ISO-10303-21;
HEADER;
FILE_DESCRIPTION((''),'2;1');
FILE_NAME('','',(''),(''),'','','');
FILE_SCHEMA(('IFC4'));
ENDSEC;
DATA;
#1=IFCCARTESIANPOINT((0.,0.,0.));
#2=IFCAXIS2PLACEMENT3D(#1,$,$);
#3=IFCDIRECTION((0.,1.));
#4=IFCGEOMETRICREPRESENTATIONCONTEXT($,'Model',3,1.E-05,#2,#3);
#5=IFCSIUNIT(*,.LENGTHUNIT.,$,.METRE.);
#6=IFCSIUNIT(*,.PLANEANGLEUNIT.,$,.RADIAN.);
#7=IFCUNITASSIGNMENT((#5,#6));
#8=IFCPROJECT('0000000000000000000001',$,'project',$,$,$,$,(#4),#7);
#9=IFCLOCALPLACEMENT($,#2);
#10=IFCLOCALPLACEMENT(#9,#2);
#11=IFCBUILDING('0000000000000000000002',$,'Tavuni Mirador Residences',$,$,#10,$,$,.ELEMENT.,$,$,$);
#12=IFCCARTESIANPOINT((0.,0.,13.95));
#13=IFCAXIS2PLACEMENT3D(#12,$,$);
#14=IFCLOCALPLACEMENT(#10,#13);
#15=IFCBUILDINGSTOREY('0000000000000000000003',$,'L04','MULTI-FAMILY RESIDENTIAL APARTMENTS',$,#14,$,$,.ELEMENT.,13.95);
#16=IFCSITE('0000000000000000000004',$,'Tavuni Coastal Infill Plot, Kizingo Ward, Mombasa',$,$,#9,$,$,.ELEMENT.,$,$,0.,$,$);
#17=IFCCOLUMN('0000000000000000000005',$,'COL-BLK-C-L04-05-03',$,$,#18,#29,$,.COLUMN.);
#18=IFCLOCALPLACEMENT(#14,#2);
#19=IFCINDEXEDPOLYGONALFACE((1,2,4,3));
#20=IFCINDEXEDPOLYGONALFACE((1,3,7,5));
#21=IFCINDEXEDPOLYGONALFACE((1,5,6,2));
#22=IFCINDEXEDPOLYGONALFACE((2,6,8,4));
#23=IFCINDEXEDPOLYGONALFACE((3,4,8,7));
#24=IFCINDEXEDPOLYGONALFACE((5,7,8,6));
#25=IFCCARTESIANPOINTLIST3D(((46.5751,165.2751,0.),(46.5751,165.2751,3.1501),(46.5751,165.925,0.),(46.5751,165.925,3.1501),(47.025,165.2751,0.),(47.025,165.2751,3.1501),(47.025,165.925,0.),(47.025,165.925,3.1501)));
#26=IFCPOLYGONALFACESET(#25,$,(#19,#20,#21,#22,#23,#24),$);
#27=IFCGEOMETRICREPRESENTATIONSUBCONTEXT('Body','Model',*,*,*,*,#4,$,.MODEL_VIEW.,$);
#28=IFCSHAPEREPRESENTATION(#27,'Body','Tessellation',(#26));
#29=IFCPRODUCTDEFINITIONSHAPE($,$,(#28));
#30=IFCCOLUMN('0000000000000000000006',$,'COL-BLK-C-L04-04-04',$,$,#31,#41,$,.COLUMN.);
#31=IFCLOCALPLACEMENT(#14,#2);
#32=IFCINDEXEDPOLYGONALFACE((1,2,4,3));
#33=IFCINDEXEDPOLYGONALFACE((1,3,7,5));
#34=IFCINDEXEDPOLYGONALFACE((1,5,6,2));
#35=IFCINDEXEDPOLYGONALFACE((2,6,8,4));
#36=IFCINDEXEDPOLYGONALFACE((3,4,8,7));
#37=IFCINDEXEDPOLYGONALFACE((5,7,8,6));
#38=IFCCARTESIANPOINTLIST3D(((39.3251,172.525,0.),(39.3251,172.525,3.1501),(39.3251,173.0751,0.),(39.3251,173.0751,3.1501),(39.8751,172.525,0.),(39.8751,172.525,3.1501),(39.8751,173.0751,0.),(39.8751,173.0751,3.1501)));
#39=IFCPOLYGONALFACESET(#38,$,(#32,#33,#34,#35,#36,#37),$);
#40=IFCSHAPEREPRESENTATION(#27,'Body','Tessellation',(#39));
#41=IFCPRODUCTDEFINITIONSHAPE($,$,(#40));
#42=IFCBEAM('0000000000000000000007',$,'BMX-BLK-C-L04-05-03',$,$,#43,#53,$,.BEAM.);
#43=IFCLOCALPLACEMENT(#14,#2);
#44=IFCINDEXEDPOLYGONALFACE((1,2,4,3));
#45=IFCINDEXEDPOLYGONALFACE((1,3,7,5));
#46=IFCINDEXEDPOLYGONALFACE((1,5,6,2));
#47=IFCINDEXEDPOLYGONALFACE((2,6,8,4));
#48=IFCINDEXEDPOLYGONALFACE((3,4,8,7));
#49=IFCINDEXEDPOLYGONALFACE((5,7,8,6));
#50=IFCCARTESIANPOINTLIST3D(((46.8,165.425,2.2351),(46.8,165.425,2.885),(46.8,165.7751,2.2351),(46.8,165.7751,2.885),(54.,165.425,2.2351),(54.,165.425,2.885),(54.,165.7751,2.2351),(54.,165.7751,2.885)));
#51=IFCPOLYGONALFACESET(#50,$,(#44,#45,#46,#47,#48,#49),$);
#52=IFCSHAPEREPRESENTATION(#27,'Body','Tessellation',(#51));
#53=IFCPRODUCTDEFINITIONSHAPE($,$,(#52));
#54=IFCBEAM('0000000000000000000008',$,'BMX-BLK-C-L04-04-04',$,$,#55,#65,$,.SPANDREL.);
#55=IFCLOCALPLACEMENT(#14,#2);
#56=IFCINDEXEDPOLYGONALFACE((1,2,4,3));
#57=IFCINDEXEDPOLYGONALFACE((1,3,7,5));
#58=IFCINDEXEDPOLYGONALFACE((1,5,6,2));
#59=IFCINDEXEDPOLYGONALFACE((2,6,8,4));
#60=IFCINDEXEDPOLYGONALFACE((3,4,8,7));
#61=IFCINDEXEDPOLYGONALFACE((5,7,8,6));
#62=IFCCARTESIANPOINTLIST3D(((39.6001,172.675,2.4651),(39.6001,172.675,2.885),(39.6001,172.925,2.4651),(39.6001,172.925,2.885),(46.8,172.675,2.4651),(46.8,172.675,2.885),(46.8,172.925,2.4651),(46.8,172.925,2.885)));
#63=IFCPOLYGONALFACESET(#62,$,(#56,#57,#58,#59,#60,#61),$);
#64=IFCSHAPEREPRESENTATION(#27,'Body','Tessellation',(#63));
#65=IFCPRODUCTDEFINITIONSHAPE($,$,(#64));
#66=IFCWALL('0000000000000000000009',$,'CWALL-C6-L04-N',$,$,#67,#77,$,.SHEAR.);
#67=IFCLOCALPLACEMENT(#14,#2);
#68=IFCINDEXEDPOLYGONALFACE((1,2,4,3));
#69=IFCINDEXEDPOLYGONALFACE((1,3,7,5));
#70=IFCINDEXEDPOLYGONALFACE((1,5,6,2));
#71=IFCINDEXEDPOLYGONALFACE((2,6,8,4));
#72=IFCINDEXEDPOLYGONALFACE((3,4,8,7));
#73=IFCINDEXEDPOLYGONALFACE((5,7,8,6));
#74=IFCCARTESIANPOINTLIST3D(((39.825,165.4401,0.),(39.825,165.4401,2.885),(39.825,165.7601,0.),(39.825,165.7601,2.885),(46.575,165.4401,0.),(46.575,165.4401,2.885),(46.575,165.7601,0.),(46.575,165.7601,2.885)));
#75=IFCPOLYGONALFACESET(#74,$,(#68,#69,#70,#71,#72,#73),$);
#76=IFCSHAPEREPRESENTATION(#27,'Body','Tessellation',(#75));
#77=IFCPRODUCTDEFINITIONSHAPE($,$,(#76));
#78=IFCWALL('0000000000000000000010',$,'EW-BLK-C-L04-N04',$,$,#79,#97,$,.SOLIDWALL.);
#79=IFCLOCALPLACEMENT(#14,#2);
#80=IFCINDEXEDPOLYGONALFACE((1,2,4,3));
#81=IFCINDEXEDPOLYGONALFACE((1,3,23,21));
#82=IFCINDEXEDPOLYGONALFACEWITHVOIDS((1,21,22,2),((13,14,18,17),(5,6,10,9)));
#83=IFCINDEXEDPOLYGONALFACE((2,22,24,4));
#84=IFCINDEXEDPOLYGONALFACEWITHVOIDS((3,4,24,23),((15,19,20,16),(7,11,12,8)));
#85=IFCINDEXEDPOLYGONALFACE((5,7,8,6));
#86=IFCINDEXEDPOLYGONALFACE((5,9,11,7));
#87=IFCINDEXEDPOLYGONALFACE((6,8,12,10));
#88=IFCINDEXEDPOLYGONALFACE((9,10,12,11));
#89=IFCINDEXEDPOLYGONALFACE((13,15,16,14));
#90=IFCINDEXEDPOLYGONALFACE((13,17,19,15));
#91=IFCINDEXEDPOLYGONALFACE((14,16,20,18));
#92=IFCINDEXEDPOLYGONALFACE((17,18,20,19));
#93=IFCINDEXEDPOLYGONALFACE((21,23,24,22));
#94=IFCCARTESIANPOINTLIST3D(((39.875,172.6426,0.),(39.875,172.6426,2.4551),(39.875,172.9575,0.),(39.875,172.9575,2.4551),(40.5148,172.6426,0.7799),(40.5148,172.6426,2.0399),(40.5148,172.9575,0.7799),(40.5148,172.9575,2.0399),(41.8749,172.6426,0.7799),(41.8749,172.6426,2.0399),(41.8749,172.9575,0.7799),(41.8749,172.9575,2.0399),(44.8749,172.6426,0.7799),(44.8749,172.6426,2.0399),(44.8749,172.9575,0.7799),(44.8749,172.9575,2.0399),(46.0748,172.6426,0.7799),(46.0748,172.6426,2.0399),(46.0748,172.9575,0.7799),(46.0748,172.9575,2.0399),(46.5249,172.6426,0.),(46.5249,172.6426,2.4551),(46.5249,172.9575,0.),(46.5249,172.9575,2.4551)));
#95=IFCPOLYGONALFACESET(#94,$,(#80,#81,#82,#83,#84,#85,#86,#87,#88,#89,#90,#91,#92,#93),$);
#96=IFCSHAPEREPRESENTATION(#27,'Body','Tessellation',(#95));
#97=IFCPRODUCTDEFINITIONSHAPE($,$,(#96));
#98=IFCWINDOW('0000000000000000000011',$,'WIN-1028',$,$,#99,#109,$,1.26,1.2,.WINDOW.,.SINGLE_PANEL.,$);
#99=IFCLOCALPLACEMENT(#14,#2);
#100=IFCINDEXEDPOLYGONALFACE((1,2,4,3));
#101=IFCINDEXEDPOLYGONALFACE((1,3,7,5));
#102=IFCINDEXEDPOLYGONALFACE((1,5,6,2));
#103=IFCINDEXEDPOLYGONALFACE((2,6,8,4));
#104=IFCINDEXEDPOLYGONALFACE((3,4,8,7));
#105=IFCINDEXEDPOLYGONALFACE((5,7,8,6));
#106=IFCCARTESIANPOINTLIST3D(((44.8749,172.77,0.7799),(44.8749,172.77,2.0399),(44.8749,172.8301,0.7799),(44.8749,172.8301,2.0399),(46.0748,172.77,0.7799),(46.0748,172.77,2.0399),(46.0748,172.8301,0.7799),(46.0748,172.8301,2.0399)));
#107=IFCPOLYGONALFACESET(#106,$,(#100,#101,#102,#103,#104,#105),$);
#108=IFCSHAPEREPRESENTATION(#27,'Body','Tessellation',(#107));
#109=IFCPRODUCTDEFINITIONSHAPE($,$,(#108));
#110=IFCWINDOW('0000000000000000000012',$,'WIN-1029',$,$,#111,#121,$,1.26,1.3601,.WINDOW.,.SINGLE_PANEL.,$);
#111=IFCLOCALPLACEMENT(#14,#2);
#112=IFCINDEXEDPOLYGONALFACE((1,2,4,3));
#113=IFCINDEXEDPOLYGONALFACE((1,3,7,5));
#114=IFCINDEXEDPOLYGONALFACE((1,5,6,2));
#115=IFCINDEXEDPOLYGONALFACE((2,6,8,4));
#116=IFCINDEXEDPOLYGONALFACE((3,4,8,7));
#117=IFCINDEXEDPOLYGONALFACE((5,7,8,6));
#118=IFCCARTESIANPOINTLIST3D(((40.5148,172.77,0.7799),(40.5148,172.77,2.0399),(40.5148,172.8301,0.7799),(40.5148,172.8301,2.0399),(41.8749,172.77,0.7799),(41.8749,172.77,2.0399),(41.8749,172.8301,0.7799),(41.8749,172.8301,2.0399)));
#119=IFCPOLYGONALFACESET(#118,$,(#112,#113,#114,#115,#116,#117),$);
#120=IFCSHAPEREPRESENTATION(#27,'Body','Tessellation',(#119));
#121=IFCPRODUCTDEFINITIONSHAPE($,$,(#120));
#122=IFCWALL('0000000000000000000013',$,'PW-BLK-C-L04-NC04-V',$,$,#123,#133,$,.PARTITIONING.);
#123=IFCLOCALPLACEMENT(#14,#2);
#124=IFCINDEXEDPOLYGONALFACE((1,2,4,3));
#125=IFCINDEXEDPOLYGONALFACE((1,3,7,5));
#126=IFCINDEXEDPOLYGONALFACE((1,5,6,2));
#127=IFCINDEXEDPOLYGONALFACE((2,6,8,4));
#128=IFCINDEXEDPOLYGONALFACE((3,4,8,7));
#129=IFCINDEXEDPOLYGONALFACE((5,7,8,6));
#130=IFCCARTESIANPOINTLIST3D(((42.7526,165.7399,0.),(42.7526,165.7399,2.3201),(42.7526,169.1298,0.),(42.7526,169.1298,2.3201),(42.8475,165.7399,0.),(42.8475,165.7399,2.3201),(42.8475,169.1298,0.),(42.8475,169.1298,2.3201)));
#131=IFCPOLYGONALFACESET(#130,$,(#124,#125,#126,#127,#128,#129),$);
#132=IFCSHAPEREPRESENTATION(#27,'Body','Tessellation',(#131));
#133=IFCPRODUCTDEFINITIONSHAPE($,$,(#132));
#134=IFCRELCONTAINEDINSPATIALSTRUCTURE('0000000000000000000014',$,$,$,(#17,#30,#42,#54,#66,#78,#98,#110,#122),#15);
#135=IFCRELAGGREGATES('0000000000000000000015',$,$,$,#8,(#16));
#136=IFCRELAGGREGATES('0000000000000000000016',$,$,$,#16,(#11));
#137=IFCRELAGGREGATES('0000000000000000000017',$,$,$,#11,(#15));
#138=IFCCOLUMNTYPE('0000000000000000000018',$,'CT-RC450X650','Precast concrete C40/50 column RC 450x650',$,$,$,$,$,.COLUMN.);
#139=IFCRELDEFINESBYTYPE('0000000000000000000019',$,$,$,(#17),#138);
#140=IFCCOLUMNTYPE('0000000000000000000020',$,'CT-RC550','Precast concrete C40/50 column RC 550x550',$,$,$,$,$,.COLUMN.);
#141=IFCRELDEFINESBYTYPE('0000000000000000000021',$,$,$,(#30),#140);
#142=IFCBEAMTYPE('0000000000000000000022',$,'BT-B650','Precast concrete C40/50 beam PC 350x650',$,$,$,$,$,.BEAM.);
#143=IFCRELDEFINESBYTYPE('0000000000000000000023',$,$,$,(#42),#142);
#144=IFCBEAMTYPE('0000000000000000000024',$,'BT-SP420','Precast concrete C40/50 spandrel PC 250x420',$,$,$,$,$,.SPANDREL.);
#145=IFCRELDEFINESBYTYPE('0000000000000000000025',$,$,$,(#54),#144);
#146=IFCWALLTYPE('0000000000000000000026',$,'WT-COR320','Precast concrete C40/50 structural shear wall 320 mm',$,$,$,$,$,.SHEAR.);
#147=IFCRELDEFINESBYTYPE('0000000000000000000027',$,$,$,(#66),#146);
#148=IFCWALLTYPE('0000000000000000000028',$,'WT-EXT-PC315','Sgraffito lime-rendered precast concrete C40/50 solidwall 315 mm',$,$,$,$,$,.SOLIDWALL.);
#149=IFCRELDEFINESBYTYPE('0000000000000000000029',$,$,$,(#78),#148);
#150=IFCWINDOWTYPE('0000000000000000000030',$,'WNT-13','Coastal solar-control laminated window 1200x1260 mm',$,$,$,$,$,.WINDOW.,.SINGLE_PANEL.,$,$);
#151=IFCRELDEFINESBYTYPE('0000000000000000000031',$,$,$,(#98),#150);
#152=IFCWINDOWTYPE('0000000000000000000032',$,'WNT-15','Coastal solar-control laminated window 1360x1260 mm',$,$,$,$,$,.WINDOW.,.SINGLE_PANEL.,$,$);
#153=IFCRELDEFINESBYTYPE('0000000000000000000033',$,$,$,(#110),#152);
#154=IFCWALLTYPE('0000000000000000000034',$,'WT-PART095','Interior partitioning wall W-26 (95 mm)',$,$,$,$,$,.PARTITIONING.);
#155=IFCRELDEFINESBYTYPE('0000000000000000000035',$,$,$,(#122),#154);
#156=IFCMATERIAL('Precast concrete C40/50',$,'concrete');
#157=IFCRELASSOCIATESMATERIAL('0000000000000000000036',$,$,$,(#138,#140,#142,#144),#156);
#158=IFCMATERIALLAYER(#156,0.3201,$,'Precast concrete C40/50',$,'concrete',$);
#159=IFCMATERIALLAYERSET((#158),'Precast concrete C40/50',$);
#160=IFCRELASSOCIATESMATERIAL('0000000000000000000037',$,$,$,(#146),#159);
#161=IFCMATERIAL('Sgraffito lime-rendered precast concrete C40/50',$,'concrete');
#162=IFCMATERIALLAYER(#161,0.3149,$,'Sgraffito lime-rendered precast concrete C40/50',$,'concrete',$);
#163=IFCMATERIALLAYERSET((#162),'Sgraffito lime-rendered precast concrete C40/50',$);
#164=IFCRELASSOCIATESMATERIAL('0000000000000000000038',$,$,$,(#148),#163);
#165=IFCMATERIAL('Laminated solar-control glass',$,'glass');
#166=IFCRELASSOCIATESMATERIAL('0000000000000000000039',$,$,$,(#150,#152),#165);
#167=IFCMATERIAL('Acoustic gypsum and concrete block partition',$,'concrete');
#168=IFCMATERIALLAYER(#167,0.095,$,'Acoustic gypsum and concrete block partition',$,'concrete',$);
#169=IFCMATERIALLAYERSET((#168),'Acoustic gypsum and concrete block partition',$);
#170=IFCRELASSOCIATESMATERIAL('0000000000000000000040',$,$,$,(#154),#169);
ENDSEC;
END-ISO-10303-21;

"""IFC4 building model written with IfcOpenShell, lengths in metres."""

from ifc_helpers import new_model, si_unit, direction, frame, frame_2d, origin, origin_2d, place, context, subcontext, project, spatial, rectangle, extrude, material, layer, layer_set, material_profile, profile_set, type_object, element, fill, save


model = new_model("IFC4")

# Units and contexts
model_context = context("Model", 3, precision=1e-05, world=origin(), true_north=direction((0.0, 1.0)))
body_context = subcontext(model_context, "Body", "Model", "MODEL_VIEW")
ifc_project = project(units=[si_unit("LENGTHUNIT", "METRE"), si_unit("PLANEANGLEUNIT", "RADIAN")], contexts=[model_context])

# Site, building, storey
site_placement = place(None, origin())
site = spatial("IfcSite", under=ifc_project, at=site_placement, Name="Tavuni Coastal Infill Plot, Kizingo Ward, Mombasa", CompositionType="ELEMENT", RefElevation=0.0)
building_placement = place(site_placement, origin())
building = spatial("IfcBuilding", under=site, at=building_placement, Name="Tavuni Mirador Residences", CompositionType="ELEMENT")
storey_placement = place(building_placement, frame((0.0, 0.0, 13.95)))
storey = spatial("IfcBuildingStorey", under=building, at=storey_placement, Name="L04", Description="MULTI-FAMILY RESIDENTIAL APARTMENTS", CompositionType="ELEMENT", Elevation=13.95)

# Columns
ifc_material_1 = material(Name="Precast concrete C40/50", Category="concrete")
ifc_material_profile_1 = material_profile(ifc_material_1, rectangle(XDim=0.45, YDim=0.6499, at=origin_2d()), Name="RC 450x650", Category="concrete")
ifc_profile_set_1 = profile_set([ifc_material_profile_1], Name="Precast concrete C40/50")
column_type_1 = type_object("IfcColumnType", Name="CT-RC450X650", Description="Precast concrete C40/50 column RC 450x650", PredefinedType="COLUMN", material=ifc_profile_set_1)
column_1_placement = place(storey_placement, frame((46.8, 165.6001, 0.0), z_axis=(0.0, 0.0, 1.0), x_axis=(1.0, 0.0, 0.0)))
element("IfcColumn", 1, at=column_1_placement, inside=storey, type_object=column_type_1, Name="COL-BLK-C-L04-05-03", PredefinedType="COLUMN", context=body_context, shape_type="SweptSolid", body=[
    extrude(rectangle(XDim=0.45, YDim=0.6499, at=origin_2d()), origin(), (0.0, 0.0, 1.0), 3.1501),
])
ifc_material_profile_2 = material_profile(ifc_material_1, rectangle(XDim=0.55, YDim=0.55, at=origin_2d()), Name="RC 550x550", Category="concrete")
ifc_profile_set_2 = profile_set([ifc_material_profile_2], Name="Precast concrete C40/50")
column_type_2 = type_object("IfcColumnType", Name="CT-RC550", Description="Precast concrete C40/50 column RC 550x550", PredefinedType="COLUMN", material=ifc_profile_set_2)
column_2_placement = place(storey_placement, frame((39.6001, 172.8, 0.0), z_axis=(0.0, 0.0, 1.0), x_axis=(1.0, 0.0, 0.0)))
element("IfcColumn", 2, at=column_2_placement, inside=storey, type_object=column_type_2, Name="COL-BLK-C-L04-04-04", PredefinedType="COLUMN", context=body_context, shape_type="SweptSolid", body=[
    extrude(rectangle(XDim=0.55, YDim=0.55, at=origin_2d()), origin(), (0.0, 0.0, 1.0), 3.1501),
])

# Beams
ifc_material_profile_3 = material_profile(ifc_material_1, rectangle(XDim=0.3501, YDim=0.6499, at=origin_2d()), Name="PC 350x650", Category="concrete")
ifc_profile_set_3 = profile_set([ifc_material_profile_3], Name="Precast concrete C40/50")
beam_type_1 = type_object("IfcBeamType", Name="BT-B650", Description="Precast concrete C40/50 beam PC 350x650", PredefinedType="BEAM", material=ifc_profile_set_3)
beam_1_placement = place(storey_placement, frame((46.8, 165.6001, 2.5601), z_axis=(1.0, 0.0, 0.0), x_axis=(0.0, 1.0, 0.0)))
element("IfcBeam", 3, at=beam_1_placement, inside=storey, type_object=beam_type_1, Name="BMX-BLK-C-L04-05-03", PredefinedType="BEAM", context=body_context, shape_type="SweptSolid", body=[
    extrude(rectangle(XDim=0.3501, YDim=0.6499, at=origin_2d()), origin(), (0.0, 0.0, 1.0), 7.2),
])
ifc_material_profile_4 = material_profile(ifc_material_1, rectangle(XDim=0.25, YDim=0.4199, at=origin_2d()), Name="PC 250x420", Category="concrete")
ifc_profile_set_4 = profile_set([ifc_material_profile_4], Name="Precast concrete C40/50")
beam_type_2 = type_object("IfcBeamType", Name="BT-SP420", Description="Precast concrete C40/50 spandrel PC 250x420", PredefinedType="SPANDREL", material=ifc_profile_set_4)
beam_2_placement = place(storey_placement, frame((39.6001, 172.8, 2.675), z_axis=(1.0, 0.0, 0.0), x_axis=(0.0, 1.0, 0.0)))
element("IfcBeam", 4, at=beam_2_placement, inside=storey, type_object=beam_type_2, Name="BMX-BLK-C-L04-04-04", PredefinedType="SPANDREL", context=body_context, shape_type="SweptSolid", body=[
    extrude(rectangle(XDim=0.25, YDim=0.4199, at=origin_2d()), origin(), (0.0, 0.0, 1.0), 7.2),
])

# Wall
ifc_layer_1 = layer(ifc_material_1, 0.3201, Name="Precast concrete C40/50", Category="concrete")
ifc_layer_set_1 = layer_set([ifc_layer_1], Name="Precast concrete C40/50")
wall_type_1 = type_object("IfcWallType", Name="WT-COR320", Description="Precast concrete C40/50 structural shear wall 320 mm", PredefinedType="SHEAR", material=ifc_layer_set_1)
wall_1_placement = place(storey_placement, frame((39.825, 165.6001, 0.0), z_axis=(0.0, 0.0, 1.0), x_axis=(1.0, 0.0, 0.0)))
element("IfcWall", 5, at=wall_1_placement, inside=storey, type_object=wall_type_1, Name="CWALL-C6-L04-N", PredefinedType="SHEAR", context=body_context, shape_type="SweptSolid", body=[
    extrude(rectangle(XDim=6.75, YDim=0.3201, at=frame_2d((3.375, 0.0))), origin(), (0.0, 0.0, 1.0), 2.885),
])

# Wall, openings, windows
ifc_material_2 = material(Name="Sgraffito lime-rendered precast concrete C40/50", Category="concrete")
ifc_layer_2 = layer(ifc_material_2, 0.3149, Name="Sgraffito lime-rendered precast concrete C40/50", Category="concrete")
ifc_layer_set_2 = layer_set([ifc_layer_2], Name="Sgraffito lime-rendered precast concrete C40/50")
wall_type_2 = type_object("IfcWallType", Name="WT-EXT-PC315", Description="Sgraffito lime-rendered precast concrete C40/50 solidwall 315 mm", PredefinedType="SOLIDWALL", material=ifc_layer_set_2)
wall_2_placement = place(storey_placement, frame((46.5249, 172.8, 0.0), z_axis=(0.0, 0.0, 1.0), x_axis=(-1.0, 0.0, 0.0)))
wall_2 = element("IfcWall", 6, at=wall_2_placement, inside=storey, type_object=wall_type_2, Name="EW-BLK-C-L04-N04", PredefinedType="SOLIDWALL", context=body_context, shape_type="SweptSolid", body=[
    extrude(rectangle(XDim=6.6499, YDim=0.3149, at=frame_2d((3.325, 0.0))), origin(), (0.0, 0.0, 1.0), 2.4551),
])
opening_1_placement = place(wall_2_placement, frame((0.45, 0.0, 0.78)))
opening_1 = element("IfcOpeningElement", 7, at=opening_1_placement, cuts=wall_2, PredefinedType="OPENING", context=body_context, shape_type="SweptSolid", body=[
    extrude(rectangle(XDim=1.2, YDim=1.26, at=frame_2d((0.6001, 0.6299))), frame((0.0, 0.1675, 0.0), z_axis=(0.0, -1.0, 0.0), x_axis=(1.0, 0.0, 0.0)), (0.0, 0.0, 1.0), 0.335),
])
opening_2_placement = place(wall_2_placement, frame((4.6499, 0.0, 0.78)))
opening_2 = element("IfcOpeningElement", 8, at=opening_2_placement, cuts=wall_2, PredefinedType="OPENING", context=body_context, shape_type="SweptSolid", body=[
    extrude(rectangle(XDim=1.3601, YDim=1.26, at=frame_2d((0.6802, 0.6299))), frame((0.0, 0.1675, 0.0), z_axis=(0.0, -1.0, 0.0), x_axis=(1.0, 0.0, 0.0)), (0.0, 0.0, 1.0), 0.335),
])
ifc_material_3 = material(Name="Laminated solar-control glass", Category="glass")
window_type_1 = type_object("IfcWindowType", Name="WNT-13", Description="Coastal solar-control laminated window 1200x1260 mm", PartitioningType="SINGLE_PANEL", PredefinedType="WINDOW", material=ifc_material_3)
window_1_placement = place(opening_1_placement, origin())
window_1 = element("IfcWindow", 9, at=window_1_placement, inside=storey, type_object=window_type_1, Name="WIN-1028", OverallHeight=1.26, OverallWidth=1.2, PartitioningType="SINGLE_PANEL", PredefinedType="WINDOW", context=body_context, shape_type="SweptSolid", body=[
    extrude(rectangle(XDim=1.2, YDim=1.26, at=frame_2d((0.6001, 0.6299))), frame((0.0, 0.03, 0.0), z_axis=(0.0, -1.0, 0.0), x_axis=(1.0, 0.0, 0.0)), (0.0, 0.0, 1.0), 0.0601),
])
fill(opening_1, window_1)
window_type_2 = type_object("IfcWindowType", Name="WNT-15", Description="Coastal solar-control laminated window 1360x1260 mm", PartitioningType="SINGLE_PANEL", PredefinedType="WINDOW", material=ifc_material_3)
window_2_placement = place(opening_2_placement, origin())
window_2 = element("IfcWindow", 10, at=window_2_placement, inside=storey, type_object=window_type_2, Name="WIN-1029", OverallHeight=1.26, OverallWidth=1.3601, PartitioningType="SINGLE_PANEL", PredefinedType="WINDOW", context=body_context, shape_type="SweptSolid", body=[
    extrude(rectangle(XDim=1.3601, YDim=1.26, at=frame_2d((0.6802, 0.6299))), frame((0.0, 0.03, 0.0), z_axis=(0.0, -1.0, 0.0), x_axis=(1.0, 0.0, 0.0)), (0.0, 0.0, 1.0), 0.0601),
])
fill(opening_2, window_2)

# Wall
ifc_material_4 = material(Name="Acoustic gypsum and concrete block partition", Category="concrete")
ifc_layer_3 = layer(ifc_material_4, 0.095, Name="Acoustic gypsum and concrete block partition", Category="concrete")
ifc_layer_set_3 = layer_set([ifc_layer_3], Name="Acoustic gypsum and concrete block partition")
wall_type_3 = type_object("IfcWallType", Name="WT-PART095", Description="Interior partitioning wall W-26 (95 mm)", PredefinedType="PARTITIONING", material=ifc_layer_set_3)
wall_3_placement = place(storey_placement, frame((42.8, 165.74, 0.0), z_axis=(0.0, 0.0, 1.0), x_axis=(0.0, 1.0, 0.0)))
element("IfcWall", 11, at=wall_3_placement, inside=storey, type_object=wall_type_3, Name="PW-BLK-C-L04-NC04-V", PredefinedType="PARTITIONING", context=body_context, shape_type="SweptSolid", body=[
    extrude(rectangle(XDim=3.3899, YDim=0.095, at=frame_2d((1.6948, 0.0))), origin(), (0.0, 0.0, 1.0), 2.3201),
])

save(model, "model.ifc")
